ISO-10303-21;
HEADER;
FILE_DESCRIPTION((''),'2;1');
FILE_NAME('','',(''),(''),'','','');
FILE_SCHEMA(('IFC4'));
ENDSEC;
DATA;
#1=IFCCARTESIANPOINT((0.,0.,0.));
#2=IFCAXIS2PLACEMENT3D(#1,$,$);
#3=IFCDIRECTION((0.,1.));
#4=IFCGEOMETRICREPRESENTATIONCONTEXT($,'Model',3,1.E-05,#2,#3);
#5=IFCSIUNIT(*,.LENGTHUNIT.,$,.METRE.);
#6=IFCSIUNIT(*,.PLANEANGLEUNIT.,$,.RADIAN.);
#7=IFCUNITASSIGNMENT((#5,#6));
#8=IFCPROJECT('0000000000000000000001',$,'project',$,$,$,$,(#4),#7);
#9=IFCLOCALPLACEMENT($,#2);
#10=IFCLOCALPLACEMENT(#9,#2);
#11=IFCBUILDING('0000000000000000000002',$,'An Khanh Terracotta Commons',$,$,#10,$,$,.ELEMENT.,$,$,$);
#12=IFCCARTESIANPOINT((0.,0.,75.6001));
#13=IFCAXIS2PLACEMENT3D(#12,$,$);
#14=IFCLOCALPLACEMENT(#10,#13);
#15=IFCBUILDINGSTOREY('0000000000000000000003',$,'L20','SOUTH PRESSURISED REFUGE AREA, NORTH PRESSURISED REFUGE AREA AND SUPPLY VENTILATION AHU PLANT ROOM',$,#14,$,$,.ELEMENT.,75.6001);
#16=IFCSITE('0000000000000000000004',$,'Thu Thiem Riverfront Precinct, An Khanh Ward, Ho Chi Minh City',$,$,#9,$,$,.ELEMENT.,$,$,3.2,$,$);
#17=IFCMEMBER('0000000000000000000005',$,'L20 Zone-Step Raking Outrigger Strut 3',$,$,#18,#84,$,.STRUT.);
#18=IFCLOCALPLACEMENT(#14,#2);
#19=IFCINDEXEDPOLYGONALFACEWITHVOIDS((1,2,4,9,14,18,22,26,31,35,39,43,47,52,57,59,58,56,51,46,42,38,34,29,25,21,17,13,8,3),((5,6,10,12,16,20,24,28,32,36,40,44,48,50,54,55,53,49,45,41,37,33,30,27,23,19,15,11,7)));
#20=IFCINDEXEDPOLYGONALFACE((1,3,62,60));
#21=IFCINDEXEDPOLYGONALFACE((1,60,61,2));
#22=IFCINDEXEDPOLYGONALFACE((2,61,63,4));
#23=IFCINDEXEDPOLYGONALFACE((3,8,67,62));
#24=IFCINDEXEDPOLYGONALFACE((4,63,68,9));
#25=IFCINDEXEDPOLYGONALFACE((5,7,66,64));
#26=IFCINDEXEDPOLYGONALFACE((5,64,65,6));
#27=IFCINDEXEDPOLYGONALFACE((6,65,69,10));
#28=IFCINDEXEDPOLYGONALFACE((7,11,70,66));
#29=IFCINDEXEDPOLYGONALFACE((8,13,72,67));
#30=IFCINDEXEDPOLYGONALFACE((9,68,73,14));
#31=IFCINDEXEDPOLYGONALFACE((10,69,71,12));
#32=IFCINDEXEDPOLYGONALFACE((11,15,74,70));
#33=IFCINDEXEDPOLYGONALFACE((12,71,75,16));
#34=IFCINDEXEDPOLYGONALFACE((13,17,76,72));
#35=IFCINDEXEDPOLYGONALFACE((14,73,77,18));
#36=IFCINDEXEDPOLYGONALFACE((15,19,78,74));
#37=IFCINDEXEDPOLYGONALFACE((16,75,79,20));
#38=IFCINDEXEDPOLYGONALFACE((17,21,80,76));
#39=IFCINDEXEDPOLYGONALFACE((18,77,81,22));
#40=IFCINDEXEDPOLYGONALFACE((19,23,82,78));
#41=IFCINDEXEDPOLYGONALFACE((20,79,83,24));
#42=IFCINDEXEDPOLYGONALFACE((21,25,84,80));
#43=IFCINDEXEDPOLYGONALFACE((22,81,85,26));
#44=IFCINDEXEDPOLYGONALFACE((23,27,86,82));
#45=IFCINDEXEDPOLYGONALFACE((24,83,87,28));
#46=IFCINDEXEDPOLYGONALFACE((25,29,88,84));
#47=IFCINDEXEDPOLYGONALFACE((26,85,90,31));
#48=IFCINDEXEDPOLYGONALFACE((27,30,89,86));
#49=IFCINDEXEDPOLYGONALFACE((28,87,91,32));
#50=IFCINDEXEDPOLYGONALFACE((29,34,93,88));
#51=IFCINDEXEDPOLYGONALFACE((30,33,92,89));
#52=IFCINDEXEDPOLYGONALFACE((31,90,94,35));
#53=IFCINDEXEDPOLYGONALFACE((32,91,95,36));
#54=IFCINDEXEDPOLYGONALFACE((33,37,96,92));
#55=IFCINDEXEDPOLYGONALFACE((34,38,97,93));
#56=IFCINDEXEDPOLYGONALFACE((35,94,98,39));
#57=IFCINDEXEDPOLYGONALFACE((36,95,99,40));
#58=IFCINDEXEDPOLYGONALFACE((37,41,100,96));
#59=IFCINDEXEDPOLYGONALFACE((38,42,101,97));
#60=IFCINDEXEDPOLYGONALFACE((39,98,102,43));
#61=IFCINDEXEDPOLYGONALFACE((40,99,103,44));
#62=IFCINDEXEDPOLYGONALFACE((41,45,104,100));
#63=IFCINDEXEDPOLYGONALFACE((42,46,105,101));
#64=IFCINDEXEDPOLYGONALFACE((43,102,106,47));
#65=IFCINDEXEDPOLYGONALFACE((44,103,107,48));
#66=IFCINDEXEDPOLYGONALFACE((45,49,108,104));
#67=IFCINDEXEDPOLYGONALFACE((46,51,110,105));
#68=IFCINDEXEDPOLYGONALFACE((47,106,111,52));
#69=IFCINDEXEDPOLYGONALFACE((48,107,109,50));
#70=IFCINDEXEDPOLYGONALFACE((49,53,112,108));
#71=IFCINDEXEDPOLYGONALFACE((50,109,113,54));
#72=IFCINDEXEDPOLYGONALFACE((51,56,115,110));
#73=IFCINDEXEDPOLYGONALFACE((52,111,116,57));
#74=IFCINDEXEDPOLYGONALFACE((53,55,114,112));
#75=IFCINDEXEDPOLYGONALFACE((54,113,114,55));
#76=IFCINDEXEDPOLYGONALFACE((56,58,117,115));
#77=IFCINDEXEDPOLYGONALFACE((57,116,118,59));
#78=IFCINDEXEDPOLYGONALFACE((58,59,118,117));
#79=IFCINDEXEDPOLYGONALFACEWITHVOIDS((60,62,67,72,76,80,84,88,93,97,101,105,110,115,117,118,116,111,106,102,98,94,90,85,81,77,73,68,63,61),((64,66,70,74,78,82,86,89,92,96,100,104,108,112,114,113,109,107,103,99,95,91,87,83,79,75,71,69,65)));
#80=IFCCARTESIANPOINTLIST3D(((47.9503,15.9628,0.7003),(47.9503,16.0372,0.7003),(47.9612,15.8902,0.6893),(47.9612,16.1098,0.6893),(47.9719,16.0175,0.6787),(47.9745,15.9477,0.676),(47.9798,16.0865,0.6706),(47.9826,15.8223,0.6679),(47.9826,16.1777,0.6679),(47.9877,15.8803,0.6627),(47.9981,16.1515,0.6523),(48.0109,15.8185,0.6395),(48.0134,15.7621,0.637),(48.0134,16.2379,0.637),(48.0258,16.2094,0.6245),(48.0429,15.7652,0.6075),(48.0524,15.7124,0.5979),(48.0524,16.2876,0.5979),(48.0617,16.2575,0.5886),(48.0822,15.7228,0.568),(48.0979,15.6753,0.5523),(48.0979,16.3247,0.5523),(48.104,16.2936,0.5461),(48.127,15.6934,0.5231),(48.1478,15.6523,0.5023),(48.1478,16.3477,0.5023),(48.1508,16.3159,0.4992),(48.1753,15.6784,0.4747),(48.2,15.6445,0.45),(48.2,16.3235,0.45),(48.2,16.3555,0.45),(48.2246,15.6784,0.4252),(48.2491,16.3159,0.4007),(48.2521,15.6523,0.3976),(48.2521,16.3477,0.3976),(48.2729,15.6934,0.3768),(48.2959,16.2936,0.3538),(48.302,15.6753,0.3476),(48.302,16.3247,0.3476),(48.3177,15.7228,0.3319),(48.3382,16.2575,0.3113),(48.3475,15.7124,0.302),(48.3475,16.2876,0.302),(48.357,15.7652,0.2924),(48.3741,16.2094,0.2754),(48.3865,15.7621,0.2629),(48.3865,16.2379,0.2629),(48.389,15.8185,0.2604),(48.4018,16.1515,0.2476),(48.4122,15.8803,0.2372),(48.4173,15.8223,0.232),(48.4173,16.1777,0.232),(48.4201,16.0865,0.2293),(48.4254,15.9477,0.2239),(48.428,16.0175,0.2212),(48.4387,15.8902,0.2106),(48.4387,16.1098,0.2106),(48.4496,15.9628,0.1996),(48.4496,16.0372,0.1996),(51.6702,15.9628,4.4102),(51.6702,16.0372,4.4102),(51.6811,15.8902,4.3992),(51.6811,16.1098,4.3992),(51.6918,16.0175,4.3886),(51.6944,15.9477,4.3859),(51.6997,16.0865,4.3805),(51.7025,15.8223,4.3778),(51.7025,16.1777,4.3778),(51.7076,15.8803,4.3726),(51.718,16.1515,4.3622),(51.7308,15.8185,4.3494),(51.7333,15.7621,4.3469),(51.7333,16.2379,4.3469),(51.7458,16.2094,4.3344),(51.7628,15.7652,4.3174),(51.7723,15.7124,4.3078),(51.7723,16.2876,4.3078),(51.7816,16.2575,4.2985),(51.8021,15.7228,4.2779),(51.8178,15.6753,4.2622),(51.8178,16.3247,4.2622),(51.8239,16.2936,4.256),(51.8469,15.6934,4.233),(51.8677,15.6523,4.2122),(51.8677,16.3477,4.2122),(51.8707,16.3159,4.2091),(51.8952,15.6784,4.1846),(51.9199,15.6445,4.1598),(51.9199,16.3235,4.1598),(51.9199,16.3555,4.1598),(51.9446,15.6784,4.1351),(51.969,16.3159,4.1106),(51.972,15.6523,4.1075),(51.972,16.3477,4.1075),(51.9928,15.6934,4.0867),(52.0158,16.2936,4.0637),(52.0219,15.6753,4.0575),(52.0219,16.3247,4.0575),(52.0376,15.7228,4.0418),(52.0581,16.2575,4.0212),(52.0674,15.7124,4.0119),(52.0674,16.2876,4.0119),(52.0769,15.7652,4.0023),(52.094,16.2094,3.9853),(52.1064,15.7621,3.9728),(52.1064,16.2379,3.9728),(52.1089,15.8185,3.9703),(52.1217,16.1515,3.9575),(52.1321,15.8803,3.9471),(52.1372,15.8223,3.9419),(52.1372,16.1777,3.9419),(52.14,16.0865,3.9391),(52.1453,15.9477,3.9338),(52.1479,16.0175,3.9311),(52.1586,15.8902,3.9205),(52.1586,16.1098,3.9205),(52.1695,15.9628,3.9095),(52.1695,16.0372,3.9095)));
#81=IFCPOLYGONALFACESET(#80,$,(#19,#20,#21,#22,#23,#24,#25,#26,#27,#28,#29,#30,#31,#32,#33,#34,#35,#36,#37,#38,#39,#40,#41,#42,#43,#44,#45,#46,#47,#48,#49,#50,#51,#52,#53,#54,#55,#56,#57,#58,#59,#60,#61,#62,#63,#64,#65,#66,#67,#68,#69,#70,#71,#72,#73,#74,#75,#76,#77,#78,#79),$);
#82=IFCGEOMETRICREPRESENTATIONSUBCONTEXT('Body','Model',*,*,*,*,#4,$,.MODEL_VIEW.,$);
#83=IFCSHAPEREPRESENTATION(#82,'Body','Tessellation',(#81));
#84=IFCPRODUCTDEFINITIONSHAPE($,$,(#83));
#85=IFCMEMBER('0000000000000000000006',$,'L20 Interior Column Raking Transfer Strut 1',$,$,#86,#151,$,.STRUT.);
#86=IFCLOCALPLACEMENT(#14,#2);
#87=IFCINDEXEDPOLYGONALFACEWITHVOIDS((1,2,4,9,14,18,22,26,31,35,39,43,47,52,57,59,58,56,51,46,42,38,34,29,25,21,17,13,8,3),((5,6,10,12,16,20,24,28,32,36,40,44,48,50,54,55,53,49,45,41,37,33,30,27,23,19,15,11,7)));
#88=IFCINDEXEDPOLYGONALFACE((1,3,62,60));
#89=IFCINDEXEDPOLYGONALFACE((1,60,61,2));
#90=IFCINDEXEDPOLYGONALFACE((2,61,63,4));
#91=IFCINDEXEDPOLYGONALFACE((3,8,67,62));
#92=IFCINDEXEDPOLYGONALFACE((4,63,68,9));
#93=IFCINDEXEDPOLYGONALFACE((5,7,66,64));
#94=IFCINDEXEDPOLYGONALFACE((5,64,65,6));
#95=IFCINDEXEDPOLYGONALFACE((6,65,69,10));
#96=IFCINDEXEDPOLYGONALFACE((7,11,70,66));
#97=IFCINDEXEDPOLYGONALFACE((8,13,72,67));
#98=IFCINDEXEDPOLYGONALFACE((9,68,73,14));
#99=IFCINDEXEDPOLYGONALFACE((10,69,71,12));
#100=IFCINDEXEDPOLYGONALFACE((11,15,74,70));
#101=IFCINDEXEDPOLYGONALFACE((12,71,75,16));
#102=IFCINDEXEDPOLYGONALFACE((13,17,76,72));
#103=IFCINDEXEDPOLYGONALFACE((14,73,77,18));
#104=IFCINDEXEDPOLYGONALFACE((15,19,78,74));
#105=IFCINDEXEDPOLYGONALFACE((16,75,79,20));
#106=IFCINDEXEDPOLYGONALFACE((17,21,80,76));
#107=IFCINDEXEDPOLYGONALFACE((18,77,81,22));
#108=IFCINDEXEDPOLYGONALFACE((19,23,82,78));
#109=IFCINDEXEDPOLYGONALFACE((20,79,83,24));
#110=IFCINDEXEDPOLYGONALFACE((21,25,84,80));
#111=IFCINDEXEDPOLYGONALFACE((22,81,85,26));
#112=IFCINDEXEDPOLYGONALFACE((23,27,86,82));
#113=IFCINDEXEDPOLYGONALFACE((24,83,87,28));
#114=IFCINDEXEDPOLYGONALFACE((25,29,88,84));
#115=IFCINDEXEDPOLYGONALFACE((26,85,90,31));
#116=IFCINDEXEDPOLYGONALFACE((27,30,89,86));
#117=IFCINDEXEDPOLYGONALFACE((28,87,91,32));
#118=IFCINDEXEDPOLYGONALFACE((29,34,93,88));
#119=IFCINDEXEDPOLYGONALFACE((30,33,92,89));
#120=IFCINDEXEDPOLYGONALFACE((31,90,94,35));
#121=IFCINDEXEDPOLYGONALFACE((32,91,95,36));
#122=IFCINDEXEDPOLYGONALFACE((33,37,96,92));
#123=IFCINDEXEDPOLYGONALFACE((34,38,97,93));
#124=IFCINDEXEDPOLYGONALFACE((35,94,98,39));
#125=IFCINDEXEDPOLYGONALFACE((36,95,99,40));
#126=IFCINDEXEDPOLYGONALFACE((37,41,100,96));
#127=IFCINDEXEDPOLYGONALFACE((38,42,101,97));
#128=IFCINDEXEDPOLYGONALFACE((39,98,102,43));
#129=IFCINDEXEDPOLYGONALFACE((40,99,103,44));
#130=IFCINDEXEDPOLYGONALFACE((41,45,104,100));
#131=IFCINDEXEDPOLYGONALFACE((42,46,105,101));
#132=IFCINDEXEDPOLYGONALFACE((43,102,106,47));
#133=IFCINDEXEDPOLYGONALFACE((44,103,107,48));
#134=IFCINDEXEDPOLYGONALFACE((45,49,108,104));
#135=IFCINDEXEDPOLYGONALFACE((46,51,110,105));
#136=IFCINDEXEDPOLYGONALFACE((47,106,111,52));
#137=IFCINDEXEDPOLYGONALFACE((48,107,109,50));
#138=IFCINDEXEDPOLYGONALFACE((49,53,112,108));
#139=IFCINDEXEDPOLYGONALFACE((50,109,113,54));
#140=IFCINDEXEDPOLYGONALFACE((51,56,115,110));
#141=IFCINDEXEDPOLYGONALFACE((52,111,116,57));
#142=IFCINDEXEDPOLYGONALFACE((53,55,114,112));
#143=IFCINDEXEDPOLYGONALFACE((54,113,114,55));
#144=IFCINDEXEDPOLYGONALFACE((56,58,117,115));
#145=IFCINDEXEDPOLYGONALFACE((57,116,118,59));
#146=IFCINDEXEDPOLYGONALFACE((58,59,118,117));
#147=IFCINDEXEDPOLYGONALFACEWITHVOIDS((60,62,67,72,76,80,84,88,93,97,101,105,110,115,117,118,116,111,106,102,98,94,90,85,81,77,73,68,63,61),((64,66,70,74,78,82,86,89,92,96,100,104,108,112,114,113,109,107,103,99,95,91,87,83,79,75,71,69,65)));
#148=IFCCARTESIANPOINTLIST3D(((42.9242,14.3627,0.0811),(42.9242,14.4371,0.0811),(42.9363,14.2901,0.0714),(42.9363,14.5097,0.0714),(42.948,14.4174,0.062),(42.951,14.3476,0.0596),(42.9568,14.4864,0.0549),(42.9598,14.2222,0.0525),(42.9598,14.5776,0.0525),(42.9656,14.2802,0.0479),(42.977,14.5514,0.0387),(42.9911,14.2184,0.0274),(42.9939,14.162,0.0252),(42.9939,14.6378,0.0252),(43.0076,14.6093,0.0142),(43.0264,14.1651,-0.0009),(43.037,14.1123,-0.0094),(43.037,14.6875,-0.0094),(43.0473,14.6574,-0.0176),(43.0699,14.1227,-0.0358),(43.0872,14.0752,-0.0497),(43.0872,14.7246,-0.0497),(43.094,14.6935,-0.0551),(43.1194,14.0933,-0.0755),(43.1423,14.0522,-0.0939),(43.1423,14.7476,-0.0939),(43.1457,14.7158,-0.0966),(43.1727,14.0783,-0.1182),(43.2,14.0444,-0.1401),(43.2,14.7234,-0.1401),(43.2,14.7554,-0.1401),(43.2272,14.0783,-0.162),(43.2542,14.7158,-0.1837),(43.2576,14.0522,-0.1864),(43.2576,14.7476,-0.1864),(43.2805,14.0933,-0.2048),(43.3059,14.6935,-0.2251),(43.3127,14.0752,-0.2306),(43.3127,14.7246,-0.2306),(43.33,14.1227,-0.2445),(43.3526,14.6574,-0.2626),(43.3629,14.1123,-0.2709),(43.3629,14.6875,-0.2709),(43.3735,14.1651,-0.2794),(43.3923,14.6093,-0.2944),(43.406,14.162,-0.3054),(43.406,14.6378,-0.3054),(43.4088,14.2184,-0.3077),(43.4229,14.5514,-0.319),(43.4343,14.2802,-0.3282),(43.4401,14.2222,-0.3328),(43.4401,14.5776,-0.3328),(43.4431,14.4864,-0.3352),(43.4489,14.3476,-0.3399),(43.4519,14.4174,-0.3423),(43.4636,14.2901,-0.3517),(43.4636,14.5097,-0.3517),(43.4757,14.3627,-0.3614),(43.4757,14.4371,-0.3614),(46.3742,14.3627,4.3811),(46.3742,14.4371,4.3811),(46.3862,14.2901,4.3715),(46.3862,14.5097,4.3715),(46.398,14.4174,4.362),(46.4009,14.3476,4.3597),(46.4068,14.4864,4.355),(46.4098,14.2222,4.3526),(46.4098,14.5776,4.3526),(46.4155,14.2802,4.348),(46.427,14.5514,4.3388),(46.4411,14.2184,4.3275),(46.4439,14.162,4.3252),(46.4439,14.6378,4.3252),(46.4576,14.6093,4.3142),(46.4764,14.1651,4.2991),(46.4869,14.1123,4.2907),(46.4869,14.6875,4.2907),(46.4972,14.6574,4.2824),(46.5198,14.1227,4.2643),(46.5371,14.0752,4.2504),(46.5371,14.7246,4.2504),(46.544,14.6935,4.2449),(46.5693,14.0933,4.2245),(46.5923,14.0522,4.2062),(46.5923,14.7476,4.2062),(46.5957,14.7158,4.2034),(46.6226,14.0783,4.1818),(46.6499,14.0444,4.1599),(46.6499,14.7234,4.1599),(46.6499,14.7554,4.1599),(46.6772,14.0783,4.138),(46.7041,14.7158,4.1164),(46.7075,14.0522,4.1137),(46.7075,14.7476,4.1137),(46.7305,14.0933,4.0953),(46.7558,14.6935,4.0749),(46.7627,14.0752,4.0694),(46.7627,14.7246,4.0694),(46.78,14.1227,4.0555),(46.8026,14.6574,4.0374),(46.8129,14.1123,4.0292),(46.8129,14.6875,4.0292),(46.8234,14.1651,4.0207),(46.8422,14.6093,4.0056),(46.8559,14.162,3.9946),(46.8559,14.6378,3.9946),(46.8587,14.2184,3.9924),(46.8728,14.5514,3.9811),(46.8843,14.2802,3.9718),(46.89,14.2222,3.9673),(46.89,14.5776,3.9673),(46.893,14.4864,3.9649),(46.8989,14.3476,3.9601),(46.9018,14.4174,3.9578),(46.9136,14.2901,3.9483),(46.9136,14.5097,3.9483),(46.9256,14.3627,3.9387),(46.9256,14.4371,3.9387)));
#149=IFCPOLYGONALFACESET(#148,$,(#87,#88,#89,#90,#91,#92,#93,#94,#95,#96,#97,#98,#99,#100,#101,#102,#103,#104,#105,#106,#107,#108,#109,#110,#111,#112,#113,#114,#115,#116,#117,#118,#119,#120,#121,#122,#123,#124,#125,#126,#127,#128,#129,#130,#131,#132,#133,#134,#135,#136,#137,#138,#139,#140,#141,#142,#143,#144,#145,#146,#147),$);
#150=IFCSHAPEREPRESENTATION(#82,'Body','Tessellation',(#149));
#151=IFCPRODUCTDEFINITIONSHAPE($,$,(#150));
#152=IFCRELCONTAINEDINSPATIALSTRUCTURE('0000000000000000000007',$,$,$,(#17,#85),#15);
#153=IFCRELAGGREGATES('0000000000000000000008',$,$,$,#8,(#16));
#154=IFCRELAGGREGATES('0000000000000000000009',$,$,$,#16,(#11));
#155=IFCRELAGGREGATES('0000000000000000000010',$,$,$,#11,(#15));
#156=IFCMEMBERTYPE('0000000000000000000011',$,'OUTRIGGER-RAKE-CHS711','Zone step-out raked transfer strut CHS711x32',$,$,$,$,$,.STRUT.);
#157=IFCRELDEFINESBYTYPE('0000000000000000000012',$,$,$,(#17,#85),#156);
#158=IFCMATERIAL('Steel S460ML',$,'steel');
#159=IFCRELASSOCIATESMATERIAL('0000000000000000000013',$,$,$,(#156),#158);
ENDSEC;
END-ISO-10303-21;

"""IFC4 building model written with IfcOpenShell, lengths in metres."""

from ifc_helpers import new_model, si_unit, direction, frame, origin, origin_2d, place, context, subcontext, project, spatial, hollow_circle, extrude, material, material_profile, profile_set, type_object, element, save


model = new_model("IFC4")

# Units and contexts
model_context = context("Model", 3, precision=1e-05, world=origin(), true_north=direction((0.0, 1.0)))
body_context = subcontext(model_context, "Body", "Model", "MODEL_VIEW")
ifc_project = project(units=[si_unit("LENGTHUNIT", "METRE"), si_unit("PLANEANGLEUNIT", "RADIAN")], contexts=[model_context])

# Site, building, storey
site_placement = place(None, origin())
site = spatial("IfcSite", under=ifc_project, at=site_placement, Name="Thu Thiem Riverfront Precinct, An Khanh Ward, Ho Chi Minh City", CompositionType="ELEMENT", RefElevation=3.2)
building_placement = place(site_placement, origin())
building = spatial("IfcBuilding", under=site, at=building_placement, Name="An Khanh Terracotta Commons", CompositionType="ELEMENT")
storey_placement = place(building_placement, frame((0.0, 0.0, 75.6001)))
storey = spatial("IfcBuildingStorey", under=building, at=storey_placement, Name="L20", Description="SOUTH PRESSURISED REFUGE AREA, NORTH PRESSURISED REFUGE AREA AND SUPPLY VENTILATION AHU PLANT ROOM", CompositionType="ELEMENT", Elevation=75.6001)

# Shared definitions
ifc_material_1 = material(Name="Steel S460ML", Category="steel")

# Members
ifc_material_profile_1 = material_profile(ifc_material_1, hollow_circle(Radius=0.3555, WallThickness=0.032, at=origin_2d()), Name="CHS711x32")
ifc_profile_set_1 = profile_set([ifc_material_profile_1], Name="Steel S460ML")
member_type_1 = type_object("IfcMemberType", Name="OUTRIGGER-RAKE-CHS711", Description="Zone step-out raked transfer strut CHS711x32", PredefinedType="STRUT", material=ifc_profile_set_1)
member_1_placement = place(storey_placement, frame((48.2, 16.0, 0.45), z_axis=(0.708059, 0.0, 0.706154), x_axis=(0.0, 1.0, 0.0)))
element("IfcMember", 1, at=member_1_placement, inside=storey, type_object=member_type_1, Name="L20 Zone-Step Raking Outrigger Strut 3", PredefinedType="STRUT", context=body_context, shape_type="SweptSolid", body=[
    extrude(hollow_circle(Radius=0.3555, WallThickness=0.032, at=origin_2d()), origin(), (0.0, 0.0, 1.0), 5.2537),
])
for number, where, z_axis, x_axis, name in (
    (2, (43.2, 14.3999, -0.1401), (0.625791, 0.0, 0.779991), (0.0, 1.0, 0.0), "L20 Interior Column Raking Transfer Strut 1"),
):
    element("IfcMember", number, at=place(storey_placement, frame(where, z_axis=z_axis, x_axis=x_axis)), inside=storey, type_object=member_type_1, Name=name, PredefinedType="STRUT", context=body_context, shape_type="SweptSolid", body=[
        extrude(hollow_circle(Radius=0.3555, WallThickness=0.032, at=origin_2d()), origin(), (0.0, 0.0, 1.0), 5.5129),
    ])

save(model, "model.ifc")
